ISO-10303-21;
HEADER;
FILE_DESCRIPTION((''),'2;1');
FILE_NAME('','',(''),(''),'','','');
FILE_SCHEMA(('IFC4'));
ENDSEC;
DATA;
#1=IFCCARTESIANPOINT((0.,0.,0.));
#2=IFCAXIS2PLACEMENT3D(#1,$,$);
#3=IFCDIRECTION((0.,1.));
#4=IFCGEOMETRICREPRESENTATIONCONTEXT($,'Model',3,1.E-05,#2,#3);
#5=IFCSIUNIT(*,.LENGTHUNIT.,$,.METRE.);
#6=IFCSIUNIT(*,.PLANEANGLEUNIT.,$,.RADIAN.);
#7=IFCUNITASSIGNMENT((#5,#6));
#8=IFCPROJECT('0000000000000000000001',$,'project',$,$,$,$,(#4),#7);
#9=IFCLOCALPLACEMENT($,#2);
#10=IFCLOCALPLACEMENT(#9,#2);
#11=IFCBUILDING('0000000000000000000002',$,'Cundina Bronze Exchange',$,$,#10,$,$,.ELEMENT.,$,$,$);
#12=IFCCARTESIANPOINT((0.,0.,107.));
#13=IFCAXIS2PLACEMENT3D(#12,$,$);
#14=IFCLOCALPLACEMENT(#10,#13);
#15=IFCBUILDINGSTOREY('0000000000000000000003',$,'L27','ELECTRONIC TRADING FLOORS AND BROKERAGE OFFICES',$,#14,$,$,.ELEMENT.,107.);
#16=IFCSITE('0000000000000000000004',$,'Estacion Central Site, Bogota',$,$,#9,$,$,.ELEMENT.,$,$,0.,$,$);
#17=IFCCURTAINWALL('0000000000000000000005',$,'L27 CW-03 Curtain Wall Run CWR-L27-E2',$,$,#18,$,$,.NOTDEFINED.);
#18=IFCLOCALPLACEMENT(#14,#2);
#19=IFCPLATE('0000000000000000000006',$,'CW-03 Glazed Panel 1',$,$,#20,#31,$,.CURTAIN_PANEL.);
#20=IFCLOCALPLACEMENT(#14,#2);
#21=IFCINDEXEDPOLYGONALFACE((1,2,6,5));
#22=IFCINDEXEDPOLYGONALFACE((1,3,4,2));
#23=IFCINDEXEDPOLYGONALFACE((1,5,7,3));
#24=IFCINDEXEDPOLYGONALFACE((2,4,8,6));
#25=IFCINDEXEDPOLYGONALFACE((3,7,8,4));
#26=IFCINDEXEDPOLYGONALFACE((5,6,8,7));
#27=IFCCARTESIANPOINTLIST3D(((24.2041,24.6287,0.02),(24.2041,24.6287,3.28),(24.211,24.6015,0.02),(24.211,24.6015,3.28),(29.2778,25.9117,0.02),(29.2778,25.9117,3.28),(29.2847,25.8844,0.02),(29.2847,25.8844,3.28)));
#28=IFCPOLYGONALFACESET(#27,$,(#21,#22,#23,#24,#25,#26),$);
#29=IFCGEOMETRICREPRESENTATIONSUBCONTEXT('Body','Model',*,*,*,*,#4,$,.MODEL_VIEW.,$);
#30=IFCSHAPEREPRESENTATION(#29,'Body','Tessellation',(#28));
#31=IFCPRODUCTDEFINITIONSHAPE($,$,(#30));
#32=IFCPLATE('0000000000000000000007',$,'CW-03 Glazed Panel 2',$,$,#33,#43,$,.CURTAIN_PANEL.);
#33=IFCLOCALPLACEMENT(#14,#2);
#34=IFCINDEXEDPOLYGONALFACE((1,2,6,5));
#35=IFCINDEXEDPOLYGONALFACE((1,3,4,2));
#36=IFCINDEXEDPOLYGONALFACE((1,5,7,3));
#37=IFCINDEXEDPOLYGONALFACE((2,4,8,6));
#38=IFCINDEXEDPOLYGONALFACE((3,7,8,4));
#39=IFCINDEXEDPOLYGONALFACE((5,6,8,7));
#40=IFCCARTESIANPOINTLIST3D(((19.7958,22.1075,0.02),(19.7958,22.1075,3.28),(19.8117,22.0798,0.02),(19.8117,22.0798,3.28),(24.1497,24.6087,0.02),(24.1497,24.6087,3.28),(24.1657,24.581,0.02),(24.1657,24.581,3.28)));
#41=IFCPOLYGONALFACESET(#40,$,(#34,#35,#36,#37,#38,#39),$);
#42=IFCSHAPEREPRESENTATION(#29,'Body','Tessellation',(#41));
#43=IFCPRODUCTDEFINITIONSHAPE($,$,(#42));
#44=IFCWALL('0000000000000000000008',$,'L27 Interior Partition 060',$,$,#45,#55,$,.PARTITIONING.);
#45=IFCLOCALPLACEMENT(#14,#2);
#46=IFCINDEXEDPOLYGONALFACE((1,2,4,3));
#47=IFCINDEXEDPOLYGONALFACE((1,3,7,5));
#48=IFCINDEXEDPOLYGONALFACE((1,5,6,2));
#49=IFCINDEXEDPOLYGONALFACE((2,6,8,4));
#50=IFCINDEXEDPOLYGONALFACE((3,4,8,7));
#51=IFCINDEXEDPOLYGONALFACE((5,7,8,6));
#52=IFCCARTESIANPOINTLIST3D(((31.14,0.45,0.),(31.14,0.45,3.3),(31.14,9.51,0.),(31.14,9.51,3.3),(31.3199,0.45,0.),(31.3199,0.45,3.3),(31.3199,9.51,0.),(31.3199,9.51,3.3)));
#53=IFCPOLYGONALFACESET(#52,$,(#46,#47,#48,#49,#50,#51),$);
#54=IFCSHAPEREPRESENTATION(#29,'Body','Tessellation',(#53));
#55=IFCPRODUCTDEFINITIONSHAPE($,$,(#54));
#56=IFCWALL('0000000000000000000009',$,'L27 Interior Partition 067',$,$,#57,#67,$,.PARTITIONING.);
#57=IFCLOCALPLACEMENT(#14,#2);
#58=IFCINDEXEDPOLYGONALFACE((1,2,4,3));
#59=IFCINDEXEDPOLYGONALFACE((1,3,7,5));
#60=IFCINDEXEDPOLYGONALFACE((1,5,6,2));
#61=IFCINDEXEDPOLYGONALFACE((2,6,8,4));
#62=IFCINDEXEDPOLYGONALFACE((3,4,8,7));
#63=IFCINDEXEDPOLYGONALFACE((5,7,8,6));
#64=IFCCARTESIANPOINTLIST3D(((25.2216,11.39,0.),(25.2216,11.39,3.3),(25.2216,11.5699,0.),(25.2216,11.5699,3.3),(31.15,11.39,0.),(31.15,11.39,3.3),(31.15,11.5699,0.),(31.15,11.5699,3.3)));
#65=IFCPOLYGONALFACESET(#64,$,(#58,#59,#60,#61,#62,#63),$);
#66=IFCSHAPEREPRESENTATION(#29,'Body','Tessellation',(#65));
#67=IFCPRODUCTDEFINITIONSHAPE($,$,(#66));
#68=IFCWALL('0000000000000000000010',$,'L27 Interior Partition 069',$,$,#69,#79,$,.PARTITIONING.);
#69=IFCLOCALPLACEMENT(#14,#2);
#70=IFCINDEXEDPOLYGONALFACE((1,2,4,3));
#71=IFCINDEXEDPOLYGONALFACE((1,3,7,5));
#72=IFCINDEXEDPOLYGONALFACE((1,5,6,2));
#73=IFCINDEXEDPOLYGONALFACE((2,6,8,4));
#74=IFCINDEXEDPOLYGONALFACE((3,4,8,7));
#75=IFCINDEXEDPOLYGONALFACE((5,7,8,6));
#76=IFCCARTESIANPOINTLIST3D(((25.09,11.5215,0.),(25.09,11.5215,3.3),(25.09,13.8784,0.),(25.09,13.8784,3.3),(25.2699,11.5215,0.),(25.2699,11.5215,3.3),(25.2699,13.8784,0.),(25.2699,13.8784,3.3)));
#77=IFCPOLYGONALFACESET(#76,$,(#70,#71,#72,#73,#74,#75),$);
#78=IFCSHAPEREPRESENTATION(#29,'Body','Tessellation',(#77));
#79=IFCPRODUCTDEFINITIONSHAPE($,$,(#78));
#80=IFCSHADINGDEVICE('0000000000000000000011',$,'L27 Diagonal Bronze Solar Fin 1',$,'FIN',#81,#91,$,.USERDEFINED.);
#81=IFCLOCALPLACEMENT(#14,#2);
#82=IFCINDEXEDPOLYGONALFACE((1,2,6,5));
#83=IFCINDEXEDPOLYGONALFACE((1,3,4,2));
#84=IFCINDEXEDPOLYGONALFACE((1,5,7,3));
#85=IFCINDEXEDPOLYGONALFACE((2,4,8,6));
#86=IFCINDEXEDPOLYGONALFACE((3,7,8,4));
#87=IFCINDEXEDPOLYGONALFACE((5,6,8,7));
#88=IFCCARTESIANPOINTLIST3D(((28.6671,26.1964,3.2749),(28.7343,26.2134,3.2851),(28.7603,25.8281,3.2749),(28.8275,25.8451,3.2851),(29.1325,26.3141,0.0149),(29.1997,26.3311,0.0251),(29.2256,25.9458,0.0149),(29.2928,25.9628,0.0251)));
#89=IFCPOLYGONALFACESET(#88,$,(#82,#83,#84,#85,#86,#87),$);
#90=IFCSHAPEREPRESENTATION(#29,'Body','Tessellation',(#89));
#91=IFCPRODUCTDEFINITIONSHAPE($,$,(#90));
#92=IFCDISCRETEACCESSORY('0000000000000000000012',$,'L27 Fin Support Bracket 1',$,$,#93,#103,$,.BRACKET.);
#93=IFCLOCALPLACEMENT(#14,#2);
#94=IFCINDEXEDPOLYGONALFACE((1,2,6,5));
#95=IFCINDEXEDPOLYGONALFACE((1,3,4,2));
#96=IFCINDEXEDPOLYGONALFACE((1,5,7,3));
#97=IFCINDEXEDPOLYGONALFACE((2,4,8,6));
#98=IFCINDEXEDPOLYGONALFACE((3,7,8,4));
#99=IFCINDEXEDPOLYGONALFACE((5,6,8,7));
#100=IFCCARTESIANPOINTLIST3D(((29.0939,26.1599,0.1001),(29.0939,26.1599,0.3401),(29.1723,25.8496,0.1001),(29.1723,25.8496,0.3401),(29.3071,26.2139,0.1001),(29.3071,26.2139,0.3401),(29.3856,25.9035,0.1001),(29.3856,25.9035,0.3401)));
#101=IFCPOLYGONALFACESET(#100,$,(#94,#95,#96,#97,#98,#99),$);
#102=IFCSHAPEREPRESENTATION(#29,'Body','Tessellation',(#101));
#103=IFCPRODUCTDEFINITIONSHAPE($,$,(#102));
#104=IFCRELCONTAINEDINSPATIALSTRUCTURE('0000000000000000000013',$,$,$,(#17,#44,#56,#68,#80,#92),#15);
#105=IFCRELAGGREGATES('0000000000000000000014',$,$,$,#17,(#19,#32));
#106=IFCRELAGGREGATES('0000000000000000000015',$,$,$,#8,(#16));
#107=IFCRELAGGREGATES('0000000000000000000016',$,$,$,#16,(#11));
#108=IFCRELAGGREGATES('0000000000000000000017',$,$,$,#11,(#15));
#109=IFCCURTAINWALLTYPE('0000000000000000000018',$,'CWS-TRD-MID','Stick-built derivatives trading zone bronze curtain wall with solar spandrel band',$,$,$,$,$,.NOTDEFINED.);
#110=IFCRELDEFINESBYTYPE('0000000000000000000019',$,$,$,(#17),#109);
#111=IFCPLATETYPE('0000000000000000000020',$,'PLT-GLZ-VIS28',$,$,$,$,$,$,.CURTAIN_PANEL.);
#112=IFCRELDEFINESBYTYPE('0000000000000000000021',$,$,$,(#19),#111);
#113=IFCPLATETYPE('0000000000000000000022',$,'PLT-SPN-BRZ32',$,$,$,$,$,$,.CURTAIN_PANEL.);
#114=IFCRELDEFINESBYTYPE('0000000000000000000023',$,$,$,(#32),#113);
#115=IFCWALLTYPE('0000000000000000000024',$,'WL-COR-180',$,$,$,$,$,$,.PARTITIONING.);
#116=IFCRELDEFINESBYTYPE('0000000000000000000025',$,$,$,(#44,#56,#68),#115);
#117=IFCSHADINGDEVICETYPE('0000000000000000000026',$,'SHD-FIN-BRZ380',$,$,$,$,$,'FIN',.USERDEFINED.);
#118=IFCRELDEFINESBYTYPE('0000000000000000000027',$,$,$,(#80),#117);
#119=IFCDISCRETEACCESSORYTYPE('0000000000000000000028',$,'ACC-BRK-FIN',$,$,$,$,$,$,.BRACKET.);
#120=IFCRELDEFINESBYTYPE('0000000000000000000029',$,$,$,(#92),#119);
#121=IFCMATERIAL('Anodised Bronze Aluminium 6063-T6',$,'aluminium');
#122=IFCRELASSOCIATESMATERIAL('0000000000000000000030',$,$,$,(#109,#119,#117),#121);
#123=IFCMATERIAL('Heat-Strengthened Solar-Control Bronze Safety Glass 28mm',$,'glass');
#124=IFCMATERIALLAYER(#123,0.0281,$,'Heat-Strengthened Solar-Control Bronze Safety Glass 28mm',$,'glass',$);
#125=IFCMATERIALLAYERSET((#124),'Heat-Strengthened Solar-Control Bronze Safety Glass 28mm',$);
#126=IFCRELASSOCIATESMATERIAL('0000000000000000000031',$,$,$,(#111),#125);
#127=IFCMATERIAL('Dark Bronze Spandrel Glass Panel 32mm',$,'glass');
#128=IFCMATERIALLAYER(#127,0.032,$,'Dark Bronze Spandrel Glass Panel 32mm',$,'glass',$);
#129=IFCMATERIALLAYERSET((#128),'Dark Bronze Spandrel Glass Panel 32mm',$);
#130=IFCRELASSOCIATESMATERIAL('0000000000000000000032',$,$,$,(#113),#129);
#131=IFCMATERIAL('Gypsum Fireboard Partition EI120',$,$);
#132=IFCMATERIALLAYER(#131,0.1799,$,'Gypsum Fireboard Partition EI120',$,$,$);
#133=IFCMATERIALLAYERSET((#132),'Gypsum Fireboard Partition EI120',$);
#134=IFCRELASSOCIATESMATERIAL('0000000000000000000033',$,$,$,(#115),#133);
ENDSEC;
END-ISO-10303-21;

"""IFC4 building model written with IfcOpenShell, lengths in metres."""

from ifc_helpers import new_model, si_unit, direction, frame, frame_2d, origin, origin_2d, place, context, subcontext, project, spatial, rectangle, extrude, material, layer, layer_set, material_profile, profile_set, type_object, element, aggregate, save


model = new_model("IFC4")

# Units and contexts
model_context = context("Model", 3, precision=1e-05, world=origin(), true_north=direction((0.0, 1.0)))
body_context = subcontext(model_context, "Body", "Model", "MODEL_VIEW")
ifc_project = project(units=[si_unit("LENGTHUNIT", "METRE"), si_unit("PLANEANGLEUNIT", "RADIAN")], contexts=[model_context])

# Site, building, storey
site_placement = place(None, origin())
site = spatial("IfcSite", under=ifc_project, at=site_placement, Name="Estacion Central Site, Bogota", CompositionType="ELEMENT", RefElevation=0.0)
building_placement = place(site_placement, origin())
building = spatial("IfcBuilding", under=site, at=building_placement, Name="Cundina Bronze Exchange", CompositionType="ELEMENT")
storey_placement = place(building_placement, frame((0.0, 0.0, 107.0)))
storey = spatial("IfcBuildingStorey", under=building, at=storey_placement, Name="L27", Description="ELECTRONIC TRADING FLOORS AND BROKERAGE OFFICES", CompositionType="ELEMENT", Elevation=107.0)

# Shared definitions
ifc_material_1 = material(Name="Anodised Bronze Aluminium 6063-T6", Category="aluminium")
curtain_wall_type = type_object("IfcCurtainWallType", Name="CWS-TRD-MID", Description="Stick-built derivatives trading zone bronze curtain wall with solar spandrel band", PredefinedType="NOTDEFINED", material=ifc_material_1)

# Curtain wall, plates
curtain_wall_1_placement = place(storey_placement, origin())
curtain_wall_1 = element("IfcCurtainWall", 1, at=curtain_wall_1_placement, inside=storey, type_object=curtain_wall_type, Name="L27 CW-03 Curtain Wall Run CWR-L27-E2", PredefinedType="NOTDEFINED")
ifc_material_2 = material(Name="Heat-Strengthened Solar-Control Bronze Safety Glass 28mm", Category="glass")
ifc_layer_1 = layer(ifc_material_2, 0.0281, Name="Heat-Strengthened Solar-Control Bronze Safety Glass 28mm", Category="glass")
ifc_layer_set_1 = layer_set([ifc_layer_1], Name="Heat-Strengthened Solar-Control Bronze Safety Glass 28mm")
plate_type_1 = type_object("IfcPlateType", Name="PLT-GLZ-VIS28", PredefinedType="CURTAIN_PANEL", material=ifc_layer_set_1)
plate_1_placement = place(storey_placement, frame((26.7444, 25.2566, 0.02), z_axis=(0.0, 0.0, 1.0), x_axis=(-0.969488, -0.245138, 0.0)))
plate_1 = element("IfcPlate", 2, at=plate_1_placement, type_object=plate_type_1, Name="CW-03 Glazed Panel 1", PredefinedType="CURTAIN_PANEL", context=body_context, shape_type="SweptSolid", body=[
    extrude(rectangle(XDim=5.2334, YDim=0.0281, at=origin_2d()), origin(), (0.0, 0.0, 1.0), 3.26),
])
ifc_material_3 = material(Name="Dark Bronze Spandrel Glass Panel 32mm", Category="glass")
ifc_layer_2 = layer(ifc_material_3, 0.032, Name="Dark Bronze Spandrel Glass Panel 32mm", Category="glass")
ifc_layer_set_2 = layer_set([ifc_layer_2], Name="Dark Bronze Spandrel Glass Panel 32mm")
plate_type_2 = type_object("IfcPlateType", Name="PLT-SPN-BRZ32", PredefinedType="CURTAIN_PANEL", material=ifc_layer_set_2)
plate_2_placement = place(storey_placement, frame((21.9807, 23.3442, 0.02), z_axis=(0.0, 0.0, 1.0), x_axis=(-0.867105, -0.498125, 0.0)))
plate_2 = element("IfcPlate", 3, at=plate_2_placement, type_object=plate_type_2, Name="CW-03 Glazed Panel 2", PredefinedType="CURTAIN_PANEL", context=body_context, shape_type="SweptSolid", body=[
    extrude(rectangle(XDim=5.0212, YDim=0.032, at=origin_2d()), origin(), (0.0, 0.0, 1.0), 3.26),
])
aggregate(curtain_wall_1, [plate_1, plate_2])

# Walls
ifc_material_4 = material(Name="Gypsum Fireboard Partition EI120")
ifc_layer_3 = layer(ifc_material_4, 0.1799, Name="Gypsum Fireboard Partition EI120")
ifc_layer_set_3 = layer_set([ifc_layer_3], Name="Gypsum Fireboard Partition EI120")
wall_type = type_object("IfcWallType", Name="WL-COR-180", PredefinedType="PARTITIONING", material=ifc_layer_set_3)
wall_1_placement = place(storey_placement, frame((31.23, 9.51, 0.0), z_axis=(0.0, 0.0, 1.0), x_axis=(0.0, -1.0, 0.0)))
element("IfcWall", 4, at=wall_1_placement, inside=storey, type_object=wall_type, Name="L27 Interior Partition 060", PredefinedType="PARTITIONING", context=body_context, shape_type="SweptSolid", body=[
    extrude(rectangle(XDim=9.0601, YDim=0.1799, at=frame_2d((4.53, 0.0))), origin(), (0.0, 0.0, 1.0), 3.3),
])
wall_2_placement = place(storey_placement, frame((25.2214, 11.48, 0.0), z_axis=(0.0, 0.0, 1.0), x_axis=(1.0, 0.0, 0.0)))
element("IfcWall", 5, at=wall_2_placement, inside=storey, type_object=wall_type, Name="L27 Interior Partition 067", PredefinedType="PARTITIONING", context=body_context, shape_type="SweptSolid", body=[
    extrude(rectangle(XDim=5.9285, YDim=0.1799, at=frame_2d((2.9644, 0.0))), origin(), (0.0, 0.0, 1.0), 3.3),
])
wall_3_placement = place(storey_placement, frame((25.1799, 13.8784, 0.0), z_axis=(0.0, 0.0, 1.0), x_axis=(0.0, -1.0, 0.0)))
element("IfcWall", 6, at=wall_3_placement, inside=storey, type_object=wall_type, Name="L27 Interior Partition 069", PredefinedType="PARTITIONING", context=body_context, shape_type="SweptSolid", body=[
    extrude(rectangle(XDim=2.3569, YDim=0.1799, at=frame_2d((1.1785, 0.0))), origin(), (0.0, 0.0, 1.0), 3.3),
])

# Shading device
ifc_material_profile_1 = material_profile(ifc_material_1, rectangle(XDim=0.0701, YDim=0.3799, at=origin_2d()), Name="FIN70X380", Category="aluminium")
ifc_profile_set_1 = profile_set([ifc_material_profile_1], Name="Anodised Bronze Aluminium 6063-T6")
shading_device_type = type_object("IfcShadingDeviceType", Name="SHD-FIN-BRZ380", ElementType="FIN", PredefinedType="USERDEFINED", material=ifc_profile_set_1)
shading_device_placement = place(storey_placement, frame((29.2126, 26.1384, 0.02), z_axis=(-0.141217, -0.035712, 0.989334), x_axis=(0.959141, 0.242553, 0.145663)))
element("IfcShadingDevice", 7, at=shading_device_placement, inside=storey, type_object=shading_device_type, Name="L27 Diagonal Bronze Solar Fin 1", ObjectType="FIN", PredefinedType="USERDEFINED", context=body_context, shape_type="SweptSolid", body=[
    extrude(rectangle(XDim=0.0701, YDim=0.3799, at=origin_2d()), origin(), (0.0, 0.0, 1.0), 3.2952),
])

# Discrete accessory
discrete_accessory_type = type_object("IfcDiscreteAccessoryType", Name="ACC-BRK-FIN", PredefinedType="BRACKET", material=ifc_material_1)
discrete_accessory_placement = place(storey_placement, frame((29.2397, 26.0317, 0.1001), z_axis=(0.0, 0.0, 1.0), x_axis=(-0.969488, -0.245138, 0.0)))
element("IfcDiscreteAccessory", 8, at=discrete_accessory_placement, inside=storey, type_object=discrete_accessory_type, Name="L27 Fin Support Bracket 1", PredefinedType="BRACKET", context=body_context, shape_type="SweptSolid", body=[
    extrude(rectangle(XDim=0.22, YDim=0.3201, at=origin_2d()), origin(), (0.0, 0.0, 1.0), 0.24),
])

save(model, "model.ifc")
